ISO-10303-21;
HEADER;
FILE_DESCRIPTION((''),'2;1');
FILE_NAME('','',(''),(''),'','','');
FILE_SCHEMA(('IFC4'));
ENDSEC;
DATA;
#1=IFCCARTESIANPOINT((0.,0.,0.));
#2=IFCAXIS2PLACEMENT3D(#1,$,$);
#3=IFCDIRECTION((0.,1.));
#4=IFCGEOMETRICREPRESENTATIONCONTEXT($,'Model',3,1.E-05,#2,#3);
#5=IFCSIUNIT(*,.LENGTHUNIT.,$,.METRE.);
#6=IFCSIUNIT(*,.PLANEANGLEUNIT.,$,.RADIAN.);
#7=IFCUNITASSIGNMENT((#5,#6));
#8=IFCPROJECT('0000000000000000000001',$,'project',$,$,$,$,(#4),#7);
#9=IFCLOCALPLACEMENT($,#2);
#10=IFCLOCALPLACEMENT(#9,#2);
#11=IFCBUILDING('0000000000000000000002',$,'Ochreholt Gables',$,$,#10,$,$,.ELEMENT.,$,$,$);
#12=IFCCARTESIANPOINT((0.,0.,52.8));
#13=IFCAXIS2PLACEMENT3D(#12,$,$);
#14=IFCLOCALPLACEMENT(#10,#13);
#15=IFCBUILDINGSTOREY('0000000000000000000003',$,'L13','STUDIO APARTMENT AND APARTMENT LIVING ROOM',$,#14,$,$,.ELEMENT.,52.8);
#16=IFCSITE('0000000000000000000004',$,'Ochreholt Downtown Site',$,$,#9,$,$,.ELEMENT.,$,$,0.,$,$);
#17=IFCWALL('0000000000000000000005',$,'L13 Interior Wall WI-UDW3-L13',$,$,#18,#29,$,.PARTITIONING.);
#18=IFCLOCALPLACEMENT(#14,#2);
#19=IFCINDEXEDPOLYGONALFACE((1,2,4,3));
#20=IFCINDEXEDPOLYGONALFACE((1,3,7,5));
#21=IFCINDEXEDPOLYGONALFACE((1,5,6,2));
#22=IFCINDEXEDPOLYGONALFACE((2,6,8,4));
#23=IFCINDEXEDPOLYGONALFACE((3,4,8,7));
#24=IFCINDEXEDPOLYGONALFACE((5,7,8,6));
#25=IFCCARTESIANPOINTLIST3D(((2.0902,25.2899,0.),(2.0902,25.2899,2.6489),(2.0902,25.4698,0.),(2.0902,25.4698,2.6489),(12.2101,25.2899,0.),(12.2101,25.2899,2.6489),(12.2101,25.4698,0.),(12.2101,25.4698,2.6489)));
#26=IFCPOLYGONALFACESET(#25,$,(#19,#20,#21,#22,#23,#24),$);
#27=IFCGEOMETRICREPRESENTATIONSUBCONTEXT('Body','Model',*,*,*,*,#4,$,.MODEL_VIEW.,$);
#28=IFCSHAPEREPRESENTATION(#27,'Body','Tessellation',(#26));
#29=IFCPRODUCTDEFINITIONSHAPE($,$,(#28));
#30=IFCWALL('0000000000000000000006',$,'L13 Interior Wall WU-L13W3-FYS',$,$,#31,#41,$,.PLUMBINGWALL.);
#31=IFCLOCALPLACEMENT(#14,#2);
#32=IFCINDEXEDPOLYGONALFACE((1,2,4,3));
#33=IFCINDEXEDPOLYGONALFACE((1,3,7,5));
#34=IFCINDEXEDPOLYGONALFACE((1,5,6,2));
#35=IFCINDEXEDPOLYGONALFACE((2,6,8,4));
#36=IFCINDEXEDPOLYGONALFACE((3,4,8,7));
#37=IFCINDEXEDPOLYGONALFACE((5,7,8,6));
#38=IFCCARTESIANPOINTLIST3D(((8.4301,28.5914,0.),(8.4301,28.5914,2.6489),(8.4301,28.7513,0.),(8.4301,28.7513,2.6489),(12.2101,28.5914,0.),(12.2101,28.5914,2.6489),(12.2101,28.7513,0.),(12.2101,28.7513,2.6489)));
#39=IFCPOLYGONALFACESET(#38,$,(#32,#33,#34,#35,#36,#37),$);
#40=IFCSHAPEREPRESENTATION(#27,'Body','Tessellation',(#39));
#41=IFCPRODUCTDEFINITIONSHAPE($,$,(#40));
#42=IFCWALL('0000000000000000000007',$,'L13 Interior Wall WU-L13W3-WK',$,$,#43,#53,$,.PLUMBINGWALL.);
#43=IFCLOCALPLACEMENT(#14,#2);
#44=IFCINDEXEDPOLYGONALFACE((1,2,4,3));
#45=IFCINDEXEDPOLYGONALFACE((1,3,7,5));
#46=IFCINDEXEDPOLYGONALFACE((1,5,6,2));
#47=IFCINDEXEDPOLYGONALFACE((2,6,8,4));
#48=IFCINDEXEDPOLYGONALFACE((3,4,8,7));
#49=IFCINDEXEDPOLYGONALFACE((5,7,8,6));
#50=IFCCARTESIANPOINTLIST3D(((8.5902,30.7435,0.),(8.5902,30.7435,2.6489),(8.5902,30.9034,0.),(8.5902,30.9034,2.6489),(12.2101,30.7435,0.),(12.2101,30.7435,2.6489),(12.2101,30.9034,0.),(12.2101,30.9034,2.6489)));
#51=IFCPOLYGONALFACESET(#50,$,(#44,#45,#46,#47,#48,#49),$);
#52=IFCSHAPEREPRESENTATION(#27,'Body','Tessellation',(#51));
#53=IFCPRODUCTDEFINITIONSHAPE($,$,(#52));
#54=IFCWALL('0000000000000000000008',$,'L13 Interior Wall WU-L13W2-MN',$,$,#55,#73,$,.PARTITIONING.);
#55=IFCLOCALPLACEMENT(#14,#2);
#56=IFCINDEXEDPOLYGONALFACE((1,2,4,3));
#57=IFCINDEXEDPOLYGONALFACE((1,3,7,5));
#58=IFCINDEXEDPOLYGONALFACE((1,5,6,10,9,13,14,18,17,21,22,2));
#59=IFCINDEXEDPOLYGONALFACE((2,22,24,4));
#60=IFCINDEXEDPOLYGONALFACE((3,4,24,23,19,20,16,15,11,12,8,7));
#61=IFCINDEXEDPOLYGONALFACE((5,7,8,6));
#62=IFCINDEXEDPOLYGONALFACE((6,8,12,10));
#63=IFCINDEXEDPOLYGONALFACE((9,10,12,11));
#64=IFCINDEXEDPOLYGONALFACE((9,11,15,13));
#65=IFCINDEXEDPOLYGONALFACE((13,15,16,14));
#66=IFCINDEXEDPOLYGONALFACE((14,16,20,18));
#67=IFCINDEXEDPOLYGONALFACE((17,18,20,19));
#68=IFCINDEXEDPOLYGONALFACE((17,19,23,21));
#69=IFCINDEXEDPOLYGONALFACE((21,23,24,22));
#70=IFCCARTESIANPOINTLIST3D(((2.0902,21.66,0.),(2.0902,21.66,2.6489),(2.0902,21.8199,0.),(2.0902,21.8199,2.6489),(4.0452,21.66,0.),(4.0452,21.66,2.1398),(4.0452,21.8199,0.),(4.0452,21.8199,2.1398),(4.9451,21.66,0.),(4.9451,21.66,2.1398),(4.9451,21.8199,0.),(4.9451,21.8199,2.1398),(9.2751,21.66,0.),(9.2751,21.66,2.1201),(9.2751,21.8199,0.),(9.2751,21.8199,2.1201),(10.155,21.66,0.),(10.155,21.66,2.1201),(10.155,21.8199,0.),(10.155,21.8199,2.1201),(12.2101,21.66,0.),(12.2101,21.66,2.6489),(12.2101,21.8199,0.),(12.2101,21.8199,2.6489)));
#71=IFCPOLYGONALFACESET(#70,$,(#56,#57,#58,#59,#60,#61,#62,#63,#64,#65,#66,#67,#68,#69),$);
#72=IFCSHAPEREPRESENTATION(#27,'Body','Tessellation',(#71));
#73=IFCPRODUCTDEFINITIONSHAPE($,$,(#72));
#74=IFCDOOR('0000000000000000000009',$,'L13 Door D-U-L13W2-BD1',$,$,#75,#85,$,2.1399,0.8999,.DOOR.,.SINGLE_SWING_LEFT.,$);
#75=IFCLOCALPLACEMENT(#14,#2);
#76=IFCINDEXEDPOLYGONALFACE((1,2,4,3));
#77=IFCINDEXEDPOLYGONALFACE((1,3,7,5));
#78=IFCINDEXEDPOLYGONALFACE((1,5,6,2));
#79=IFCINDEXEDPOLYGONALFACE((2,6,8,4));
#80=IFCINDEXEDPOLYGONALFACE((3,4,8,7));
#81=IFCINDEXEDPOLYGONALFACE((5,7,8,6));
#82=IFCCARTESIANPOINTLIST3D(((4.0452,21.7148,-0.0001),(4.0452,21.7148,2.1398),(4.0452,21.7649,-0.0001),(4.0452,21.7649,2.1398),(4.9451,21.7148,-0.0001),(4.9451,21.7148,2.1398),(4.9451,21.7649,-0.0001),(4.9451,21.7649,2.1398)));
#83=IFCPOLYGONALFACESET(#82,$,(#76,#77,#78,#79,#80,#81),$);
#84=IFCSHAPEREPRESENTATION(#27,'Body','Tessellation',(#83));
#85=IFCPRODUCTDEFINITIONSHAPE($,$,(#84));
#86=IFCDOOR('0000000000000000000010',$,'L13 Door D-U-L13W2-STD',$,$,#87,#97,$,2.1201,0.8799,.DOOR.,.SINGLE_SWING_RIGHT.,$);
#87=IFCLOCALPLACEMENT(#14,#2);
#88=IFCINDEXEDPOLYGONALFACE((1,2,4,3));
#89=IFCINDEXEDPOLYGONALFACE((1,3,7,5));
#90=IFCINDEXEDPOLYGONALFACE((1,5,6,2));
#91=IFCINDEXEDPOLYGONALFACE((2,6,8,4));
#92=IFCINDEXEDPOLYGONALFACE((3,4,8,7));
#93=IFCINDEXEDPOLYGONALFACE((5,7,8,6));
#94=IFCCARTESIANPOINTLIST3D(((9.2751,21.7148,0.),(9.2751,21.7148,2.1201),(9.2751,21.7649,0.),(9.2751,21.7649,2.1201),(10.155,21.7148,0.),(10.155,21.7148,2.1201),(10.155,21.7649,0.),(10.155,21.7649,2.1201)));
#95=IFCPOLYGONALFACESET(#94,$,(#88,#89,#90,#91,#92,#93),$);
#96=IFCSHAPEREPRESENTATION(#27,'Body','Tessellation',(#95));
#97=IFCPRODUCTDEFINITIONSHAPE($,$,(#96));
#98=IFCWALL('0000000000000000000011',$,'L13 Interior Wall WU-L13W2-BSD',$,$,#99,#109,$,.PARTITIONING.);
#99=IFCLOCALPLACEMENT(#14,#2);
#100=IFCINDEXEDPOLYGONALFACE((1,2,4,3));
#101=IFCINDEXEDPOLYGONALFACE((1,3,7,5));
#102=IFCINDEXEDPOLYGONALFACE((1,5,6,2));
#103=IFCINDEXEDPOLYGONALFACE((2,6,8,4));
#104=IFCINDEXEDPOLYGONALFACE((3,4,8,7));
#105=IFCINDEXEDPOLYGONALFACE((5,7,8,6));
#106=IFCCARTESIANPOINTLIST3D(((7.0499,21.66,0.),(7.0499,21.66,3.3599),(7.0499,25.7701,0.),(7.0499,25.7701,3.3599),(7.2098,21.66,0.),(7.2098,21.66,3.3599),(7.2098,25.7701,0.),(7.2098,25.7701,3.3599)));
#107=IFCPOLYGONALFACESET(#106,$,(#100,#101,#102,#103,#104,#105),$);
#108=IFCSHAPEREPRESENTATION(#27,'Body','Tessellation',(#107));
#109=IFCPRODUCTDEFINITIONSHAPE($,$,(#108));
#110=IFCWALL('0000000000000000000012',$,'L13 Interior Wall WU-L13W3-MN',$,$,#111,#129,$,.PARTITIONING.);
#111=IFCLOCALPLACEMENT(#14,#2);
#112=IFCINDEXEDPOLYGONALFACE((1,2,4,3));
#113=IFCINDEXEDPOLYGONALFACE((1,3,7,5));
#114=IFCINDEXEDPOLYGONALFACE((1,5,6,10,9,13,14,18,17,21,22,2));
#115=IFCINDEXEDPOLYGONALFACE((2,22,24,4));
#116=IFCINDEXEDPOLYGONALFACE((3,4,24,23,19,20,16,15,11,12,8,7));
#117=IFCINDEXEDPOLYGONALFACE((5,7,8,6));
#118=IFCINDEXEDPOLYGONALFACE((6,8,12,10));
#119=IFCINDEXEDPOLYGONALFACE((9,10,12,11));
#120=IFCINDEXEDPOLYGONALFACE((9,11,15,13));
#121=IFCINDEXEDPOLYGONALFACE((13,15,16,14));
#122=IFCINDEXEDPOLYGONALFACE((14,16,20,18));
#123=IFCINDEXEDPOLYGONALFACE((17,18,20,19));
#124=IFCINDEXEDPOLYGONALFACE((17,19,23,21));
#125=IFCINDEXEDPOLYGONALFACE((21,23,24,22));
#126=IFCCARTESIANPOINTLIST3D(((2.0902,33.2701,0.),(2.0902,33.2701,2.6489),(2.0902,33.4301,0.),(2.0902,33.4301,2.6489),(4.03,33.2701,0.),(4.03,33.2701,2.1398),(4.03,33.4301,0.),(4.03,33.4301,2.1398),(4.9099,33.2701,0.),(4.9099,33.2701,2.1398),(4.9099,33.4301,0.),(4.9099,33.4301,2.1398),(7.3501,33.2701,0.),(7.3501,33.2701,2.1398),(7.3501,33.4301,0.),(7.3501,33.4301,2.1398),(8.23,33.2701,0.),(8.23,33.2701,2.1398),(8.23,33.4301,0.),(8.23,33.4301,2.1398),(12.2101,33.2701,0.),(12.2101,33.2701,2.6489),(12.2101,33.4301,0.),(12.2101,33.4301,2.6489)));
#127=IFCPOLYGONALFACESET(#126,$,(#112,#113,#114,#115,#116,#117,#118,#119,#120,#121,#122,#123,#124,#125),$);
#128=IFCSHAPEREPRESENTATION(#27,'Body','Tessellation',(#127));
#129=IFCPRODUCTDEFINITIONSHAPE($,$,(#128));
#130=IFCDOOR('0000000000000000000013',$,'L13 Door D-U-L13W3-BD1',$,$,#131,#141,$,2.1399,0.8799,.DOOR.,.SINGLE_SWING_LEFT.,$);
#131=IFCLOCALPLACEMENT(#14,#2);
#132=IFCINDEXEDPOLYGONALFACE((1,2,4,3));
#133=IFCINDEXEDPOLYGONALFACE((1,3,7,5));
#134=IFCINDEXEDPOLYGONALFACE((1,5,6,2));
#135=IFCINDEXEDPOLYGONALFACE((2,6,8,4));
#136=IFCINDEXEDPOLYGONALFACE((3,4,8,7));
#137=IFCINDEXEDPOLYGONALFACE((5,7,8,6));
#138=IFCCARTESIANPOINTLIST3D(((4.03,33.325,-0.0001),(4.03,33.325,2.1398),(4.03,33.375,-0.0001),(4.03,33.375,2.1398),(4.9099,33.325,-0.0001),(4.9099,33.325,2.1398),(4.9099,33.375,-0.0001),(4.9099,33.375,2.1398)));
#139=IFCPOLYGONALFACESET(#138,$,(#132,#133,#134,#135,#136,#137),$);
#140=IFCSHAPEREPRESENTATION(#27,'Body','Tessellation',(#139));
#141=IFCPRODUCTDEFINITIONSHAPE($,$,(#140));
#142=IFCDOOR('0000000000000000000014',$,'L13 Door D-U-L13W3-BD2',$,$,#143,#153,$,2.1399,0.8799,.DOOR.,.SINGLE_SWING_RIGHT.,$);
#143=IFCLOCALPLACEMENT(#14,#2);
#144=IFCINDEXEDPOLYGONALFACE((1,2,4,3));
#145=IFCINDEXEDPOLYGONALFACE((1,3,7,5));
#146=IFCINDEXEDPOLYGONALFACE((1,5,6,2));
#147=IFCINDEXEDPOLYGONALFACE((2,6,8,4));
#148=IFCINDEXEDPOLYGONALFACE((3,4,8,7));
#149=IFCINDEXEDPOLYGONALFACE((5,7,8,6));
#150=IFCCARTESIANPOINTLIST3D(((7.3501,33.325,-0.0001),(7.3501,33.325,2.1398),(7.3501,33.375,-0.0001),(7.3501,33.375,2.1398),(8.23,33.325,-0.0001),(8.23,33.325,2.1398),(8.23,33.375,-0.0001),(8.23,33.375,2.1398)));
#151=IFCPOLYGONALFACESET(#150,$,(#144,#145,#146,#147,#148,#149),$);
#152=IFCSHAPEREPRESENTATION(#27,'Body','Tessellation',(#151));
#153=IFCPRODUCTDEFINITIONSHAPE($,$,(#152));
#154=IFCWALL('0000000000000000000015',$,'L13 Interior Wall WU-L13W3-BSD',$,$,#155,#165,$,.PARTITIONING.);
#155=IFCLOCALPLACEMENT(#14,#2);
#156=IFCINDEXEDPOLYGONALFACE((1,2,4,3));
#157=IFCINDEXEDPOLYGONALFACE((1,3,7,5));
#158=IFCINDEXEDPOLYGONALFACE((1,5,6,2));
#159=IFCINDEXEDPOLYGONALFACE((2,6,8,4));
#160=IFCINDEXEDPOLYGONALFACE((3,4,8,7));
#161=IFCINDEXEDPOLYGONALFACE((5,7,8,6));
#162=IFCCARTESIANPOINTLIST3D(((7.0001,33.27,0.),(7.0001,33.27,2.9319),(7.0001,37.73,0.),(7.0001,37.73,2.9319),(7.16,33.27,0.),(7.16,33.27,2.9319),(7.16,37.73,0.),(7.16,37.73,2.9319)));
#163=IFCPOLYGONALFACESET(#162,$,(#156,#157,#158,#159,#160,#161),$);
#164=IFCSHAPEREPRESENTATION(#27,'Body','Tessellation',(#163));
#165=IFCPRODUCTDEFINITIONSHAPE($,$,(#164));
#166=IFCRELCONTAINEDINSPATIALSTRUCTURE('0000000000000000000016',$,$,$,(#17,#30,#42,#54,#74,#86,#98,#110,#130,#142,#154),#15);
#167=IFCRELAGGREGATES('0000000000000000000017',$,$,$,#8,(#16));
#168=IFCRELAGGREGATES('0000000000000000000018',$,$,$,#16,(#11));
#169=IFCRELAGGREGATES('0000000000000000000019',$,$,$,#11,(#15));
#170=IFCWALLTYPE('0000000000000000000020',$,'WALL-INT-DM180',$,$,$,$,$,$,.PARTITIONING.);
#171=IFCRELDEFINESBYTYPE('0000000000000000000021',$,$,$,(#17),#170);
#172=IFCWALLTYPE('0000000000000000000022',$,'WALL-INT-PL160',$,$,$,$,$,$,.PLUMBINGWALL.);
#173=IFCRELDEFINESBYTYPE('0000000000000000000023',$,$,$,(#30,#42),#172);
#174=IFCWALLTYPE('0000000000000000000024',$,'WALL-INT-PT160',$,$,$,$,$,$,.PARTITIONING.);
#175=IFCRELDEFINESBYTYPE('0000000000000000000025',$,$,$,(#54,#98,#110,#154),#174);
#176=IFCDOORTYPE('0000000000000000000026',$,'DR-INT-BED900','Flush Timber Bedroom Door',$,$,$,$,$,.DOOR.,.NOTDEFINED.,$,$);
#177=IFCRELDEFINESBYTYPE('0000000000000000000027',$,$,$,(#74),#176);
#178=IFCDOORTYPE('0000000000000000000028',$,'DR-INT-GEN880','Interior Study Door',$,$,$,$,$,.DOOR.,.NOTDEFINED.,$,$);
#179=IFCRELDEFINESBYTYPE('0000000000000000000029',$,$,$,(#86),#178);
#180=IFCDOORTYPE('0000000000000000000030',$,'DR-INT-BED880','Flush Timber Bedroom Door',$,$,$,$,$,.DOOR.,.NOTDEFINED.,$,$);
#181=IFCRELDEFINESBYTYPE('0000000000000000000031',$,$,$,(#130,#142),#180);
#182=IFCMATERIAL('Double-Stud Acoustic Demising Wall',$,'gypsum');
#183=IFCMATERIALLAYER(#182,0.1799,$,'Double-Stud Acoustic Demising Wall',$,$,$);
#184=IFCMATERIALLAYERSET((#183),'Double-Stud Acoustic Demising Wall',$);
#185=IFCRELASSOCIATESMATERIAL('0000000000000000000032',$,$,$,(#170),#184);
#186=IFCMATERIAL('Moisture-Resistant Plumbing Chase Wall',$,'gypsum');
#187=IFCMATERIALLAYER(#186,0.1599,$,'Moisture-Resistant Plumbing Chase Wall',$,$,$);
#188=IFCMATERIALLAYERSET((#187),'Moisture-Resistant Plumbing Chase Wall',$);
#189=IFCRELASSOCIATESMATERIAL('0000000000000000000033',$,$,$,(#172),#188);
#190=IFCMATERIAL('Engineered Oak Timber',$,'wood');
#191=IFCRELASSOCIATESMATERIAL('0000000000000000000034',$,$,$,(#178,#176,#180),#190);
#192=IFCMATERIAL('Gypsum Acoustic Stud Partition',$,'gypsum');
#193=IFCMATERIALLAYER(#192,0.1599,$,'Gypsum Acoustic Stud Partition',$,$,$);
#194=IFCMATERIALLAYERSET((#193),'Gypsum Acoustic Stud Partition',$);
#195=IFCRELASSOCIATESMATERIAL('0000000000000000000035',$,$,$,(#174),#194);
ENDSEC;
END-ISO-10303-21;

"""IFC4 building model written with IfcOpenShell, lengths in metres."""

from ifc_helpers import new_model, si_unit, direction, frame, frame_2d, origin, place, context, subcontext, project, spatial, rectangle, extrude, material, layer, layer_set, type_object, element, fill, save


model = new_model("IFC4")

# Units and contexts
model_context = context("Model", 3, precision=1e-05, world=origin(), true_north=direction((0.0, 1.0)))
body_context = subcontext(model_context, "Body", "Model", "MODEL_VIEW")
ifc_project = project(units=[si_unit("LENGTHUNIT", "METRE"), si_unit("PLANEANGLEUNIT", "RADIAN")], contexts=[model_context])

# Site, building, storey
site_placement = place(None, origin())
site = spatial("IfcSite", under=ifc_project, at=site_placement, Name="Ochreholt Downtown Site", CompositionType="ELEMENT", RefElevation=0.0)
building_placement = place(site_placement, origin())
building = spatial("IfcBuilding", under=site, at=building_placement, Name="Ochreholt Gables", CompositionType="ELEMENT")
storey_placement = place(building_placement, frame((0.0, 0.0, 52.8)))
storey = spatial("IfcBuildingStorey", under=building, at=storey_placement, Name="L13", Description="STUDIO APARTMENT AND APARTMENT LIVING ROOM", CompositionType="ELEMENT", Elevation=52.8)

# Walls
ifc_material_1 = material(Name="Double-Stud Acoustic Demising Wall", Category="gypsum")
ifc_layer_1 = layer(ifc_material_1, 0.1799, Name="Double-Stud Acoustic Demising Wall")
ifc_layer_set_1 = layer_set([ifc_layer_1], Name="Double-Stud Acoustic Demising Wall")
wall_type_1 = type_object("IfcWallType", Name="WALL-INT-DM180", PredefinedType="PARTITIONING", material=ifc_layer_set_1)
wall_1_placement = place(storey_placement, frame((2.0901, 25.3799, 0.0), z_axis=(0.0, 0.0, 1.0), x_axis=(1.0, 0.0, 0.0)))
element("IfcWall", 1, at=wall_1_placement, inside=storey, type_object=wall_type_1, Name="L13 Interior Wall WI-UDW3-L13", PredefinedType="PARTITIONING", context=body_context, shape_type="SweptSolid", body=[
    extrude(rectangle(XDim=10.1199, YDim=0.1799, at=frame_2d((5.0601, 0.0))), origin(), (0.0, 0.0, 1.0), 2.6489),
])
ifc_material_2 = material(Name="Moisture-Resistant Plumbing Chase Wall", Category="gypsum")
ifc_layer_2 = layer(ifc_material_2, 0.1599, Name="Moisture-Resistant Plumbing Chase Wall")
ifc_layer_set_2 = layer_set([ifc_layer_2], Name="Moisture-Resistant Plumbing Chase Wall")
wall_type_2 = type_object("IfcWallType", Name="WALL-INT-PL160", PredefinedType="PLUMBINGWALL", material=ifc_layer_set_2)
wall_2_placement = place(storey_placement, frame((8.4299, 28.6714, 0.0), z_axis=(0.0, 0.0, 1.0), x_axis=(1.0, 0.0, 0.0)))
element("IfcWall", 2, at=wall_2_placement, inside=storey, type_object=wall_type_2, Name="L13 Interior Wall WU-L13W3-FYS", PredefinedType="PLUMBINGWALL", context=body_context, shape_type="SweptSolid", body=[
    extrude(rectangle(XDim=3.78, YDim=0.1599, at=frame_2d((1.8901, 0.0))), origin(), (0.0, 0.0, 1.0), 2.6489),
])

# Shared definitions
ifc_material_3 = material(Name="Engineered Oak Timber", Category="wood")
door_type_1 = type_object("IfcDoorType", Name="DR-INT-GEN880", Description="Interior Study Door", OperationType="NOTDEFINED", PredefinedType="DOOR", material=ifc_material_3)

# Wall
wall_3_placement = place(storey_placement, frame((8.5901, 30.8235, 0.0), z_axis=(0.0, 0.0, 1.0), x_axis=(1.0, 0.0, 0.0)))
element("IfcWall", 3, at=wall_3_placement, inside=storey, type_object=wall_type_2, Name="L13 Interior Wall WU-L13W3-WK", PredefinedType="PLUMBINGWALL", context=body_context, shape_type="SweptSolid", body=[
    extrude(rectangle(XDim=3.6199, YDim=0.1599, at=frame_2d((1.8101, 0.0))), origin(), (0.0, 0.0, 1.0), 2.6489),
])

# Wall, openings, doors
ifc_material_4 = material(Name="Gypsum Acoustic Stud Partition", Category="gypsum")
ifc_layer_3 = layer(ifc_material_4, 0.1599, Name="Gypsum Acoustic Stud Partition")
ifc_layer_set_3 = layer_set([ifc_layer_3], Name="Gypsum Acoustic Stud Partition")
wall_type_3 = type_object("IfcWallType", Name="WALL-INT-PT160", PredefinedType="PARTITIONING", material=ifc_layer_set_3)
wall_4_placement = place(storey_placement, frame((2.0901, 21.74, 0.0), z_axis=(0.0, 0.0, 1.0), x_axis=(1.0, 0.0, 0.0)))
wall_4 = element("IfcWall", 4, at=wall_4_placement, inside=storey, type_object=wall_type_3, Name="L13 Interior Wall WU-L13W2-MN", PredefinedType="PARTITIONING", context=body_context, shape_type="SweptSolid", body=[
    extrude(rectangle(XDim=10.1199, YDim=0.1599, at=frame_2d((5.0601, 0.0))), origin(), (0.0, 0.0, 1.0), 2.6489),
])
opening_1_placement = place(wall_4_placement, frame((7.1851, 0.0, 0.0)))
opening_1 = element("IfcOpeningElement", 5, at=opening_1_placement, cuts=wall_4, PredefinedType="OPENING", context=body_context, shape_type="SweptSolid", body=[
    extrude(rectangle(XDim=0.8799, YDim=2.1201, at=frame_2d((0.4399, 1.0601))), frame((0.0, 0.0898, 0.0), z_axis=(0.0, -1.0, 0.0), x_axis=(1.0, 0.0, 0.0)), (0.0, 0.0, 1.0), 0.1799),
])
opening_2_placement = place(wall_4_placement, frame((1.9551, 0.0, 0.0)))
opening_2 = element("IfcOpeningElement", 6, at=opening_2_placement, cuts=wall_4, PredefinedType="OPENING", context=body_context, shape_type="SweptSolid", body=[
    extrude(rectangle(XDim=0.8999, YDim=2.1399, at=frame_2d((0.45, 1.0698))), frame((0.0, 0.0898, 0.0), z_axis=(0.0, -1.0, 0.0), x_axis=(1.0, 0.0, 0.0)), (0.0, 0.0, 1.0), 0.1799),
])
door_type_2 = type_object("IfcDoorType", Name="DR-INT-BED900", Description="Flush Timber Bedroom Door", OperationType="NOTDEFINED", PredefinedType="DOOR", material=ifc_material_3)
door_1_placement = place(opening_2_placement, origin())
door_1 = element("IfcDoor", 7, at=door_1_placement, inside=storey, type_object=door_type_2, Name="L13 Door D-U-L13W2-BD1", OperationType="SINGLE_SWING_LEFT", OverallHeight=2.1399, OverallWidth=0.8999, PredefinedType="DOOR", context=body_context, shape_type="SweptSolid", body=[
    extrude(rectangle(XDim=0.8999, YDim=2.1399, at=frame_2d((0.45, 1.0698))), frame((0.0, 0.0249, 0.0), z_axis=(0.0, -1.0, 0.0), x_axis=(1.0, 0.0, 0.0)), (0.0, 0.0, 1.0), 0.05),
])
fill(opening_2, door_1)
door_2_placement = place(opening_1_placement, origin())
door_2 = element("IfcDoor", 8, at=door_2_placement, inside=storey, type_object=door_type_1, Name="L13 Door D-U-L13W2-STD", OperationType="SINGLE_SWING_RIGHT", OverallHeight=2.1201, OverallWidth=0.8799, PredefinedType="DOOR", context=body_context, shape_type="SweptSolid", body=[
    extrude(rectangle(XDim=0.8799, YDim=2.1201, at=frame_2d((0.4399, 1.0601))), frame((0.0, 0.0249, 0.0), z_axis=(0.0, -1.0, 0.0), x_axis=(1.0, 0.0, 0.0)), (0.0, 0.0, 1.0), 0.05),
])
fill(opening_1, door_2)

# Wall
wall_5_placement = place(storey_placement, frame((7.1299, 21.6599, 0.0), z_axis=(0.0, 0.0, 1.0), x_axis=(0.0, 1.0, 0.0)))
element("IfcWall", 9, at=wall_5_placement, inside=storey, type_object=wall_type_3, Name="L13 Interior Wall WU-L13W2-BSD", PredefinedType="PARTITIONING", context=body_context, shape_type="SweptSolid", body=[
    extrude(rectangle(XDim=4.1101, YDim=0.1599, at=frame_2d((2.0552, 0.0))), origin(), (0.0, 0.0, 1.0), 3.3599),
])

# Wall, openings, doors
wall_6_placement = place(storey_placement, frame((2.0901, 33.3501, 0.0), z_axis=(0.0, 0.0, 1.0), x_axis=(1.0, 0.0, 0.0)))
wall_6 = element("IfcWall", 10, at=wall_6_placement, inside=storey, type_object=wall_type_3, Name="L13 Interior Wall WU-L13W3-MN", PredefinedType="PARTITIONING", context=body_context, shape_type="SweptSolid", body=[
    extrude(rectangle(XDim=10.1199, YDim=0.1599, at=frame_2d((5.0601, 0.0))), origin(), (0.0, 0.0, 1.0), 2.6489),
])
opening_3_placement = place(wall_6_placement, frame((1.9399, 0.0, 0.0)))
opening_3 = element("IfcOpeningElement", 11, at=opening_3_placement, cuts=wall_6, PredefinedType="OPENING", context=body_context, shape_type="SweptSolid", body=[
    extrude(rectangle(XDim=0.8799, YDim=2.1399, at=frame_2d((0.4399, 1.0698))), frame((0.0, 0.0898, 0.0), z_axis=(0.0, -1.0, 0.0), x_axis=(1.0, 0.0, 0.0)), (0.0, 0.0, 1.0), 0.1799),
])
opening_4_placement = place(wall_6_placement, frame((5.26, 0.0, 0.0)))
opening_4 = element("IfcOpeningElement", 12, at=opening_4_placement, cuts=wall_6, PredefinedType="OPENING", context=body_context, shape_type="SweptSolid", body=[
    extrude(rectangle(XDim=0.8799, YDim=2.1399, at=frame_2d((0.4399, 1.0698))), frame((0.0, 0.0898, 0.0), z_axis=(0.0, -1.0, 0.0), x_axis=(1.0, 0.0, 0.0)), (0.0, 0.0, 1.0), 0.1799),
])
door_type_3 = type_object("IfcDoorType", Name="DR-INT-BED880", Description="Flush Timber Bedroom Door", OperationType="NOTDEFINED", PredefinedType="DOOR", material=ifc_material_3)
door_3_placement = place(opening_3_placement, origin())
door_3 = element("IfcDoor", 13, at=door_3_placement, inside=storey, type_object=door_type_3, Name="L13 Door D-U-L13W3-BD1", OperationType="SINGLE_SWING_LEFT", OverallHeight=2.1399, OverallWidth=0.8799, PredefinedType="DOOR", context=body_context, shape_type="SweptSolid", body=[
    extrude(rectangle(XDim=0.8799, YDim=2.1399, at=frame_2d((0.4399, 1.0698))), frame((0.0, 0.0249, 0.0), z_axis=(0.0, -1.0, 0.0), x_axis=(1.0, 0.0, 0.0)), (0.0, 0.0, 1.0), 0.05),
])
fill(opening_3, door_3)
door_4_placement = place(opening_4_placement, origin())
door_4 = element("IfcDoor", 14, at=door_4_placement, inside=storey, type_object=door_type_3, Name="L13 Door D-U-L13W3-BD2", OperationType="SINGLE_SWING_RIGHT", OverallHeight=2.1399, OverallWidth=0.8799, PredefinedType="DOOR", context=body_context, shape_type="SweptSolid", body=[
    extrude(rectangle(XDim=0.8799, YDim=2.1399, at=frame_2d((0.4399, 1.0698))), frame((0.0, 0.0249, 0.0), z_axis=(0.0, -1.0, 0.0), x_axis=(1.0, 0.0, 0.0)), (0.0, 0.0, 1.0), 0.05),
])
fill(opening_4, door_4)

# Wall
wall_7_placement = place(storey_placement, frame((7.0801, 33.27, 0.0), z_axis=(0.0, 0.0, 1.0), x_axis=(0.0, 1.0, 0.0)))
element("IfcWall", 15, at=wall_7_placement, inside=storey, type_object=wall_type_3, Name="L13 Interior Wall WU-L13W3-BSD", PredefinedType="PARTITIONING", context=body_context, shape_type="SweptSolid", body=[
    extrude(rectangle(XDim=4.46, YDim=0.1599, at=frame_2d((2.23, 0.0))), origin(), (0.0, 0.0, 1.0), 2.9319),
])

save(model, "model.ifc")
